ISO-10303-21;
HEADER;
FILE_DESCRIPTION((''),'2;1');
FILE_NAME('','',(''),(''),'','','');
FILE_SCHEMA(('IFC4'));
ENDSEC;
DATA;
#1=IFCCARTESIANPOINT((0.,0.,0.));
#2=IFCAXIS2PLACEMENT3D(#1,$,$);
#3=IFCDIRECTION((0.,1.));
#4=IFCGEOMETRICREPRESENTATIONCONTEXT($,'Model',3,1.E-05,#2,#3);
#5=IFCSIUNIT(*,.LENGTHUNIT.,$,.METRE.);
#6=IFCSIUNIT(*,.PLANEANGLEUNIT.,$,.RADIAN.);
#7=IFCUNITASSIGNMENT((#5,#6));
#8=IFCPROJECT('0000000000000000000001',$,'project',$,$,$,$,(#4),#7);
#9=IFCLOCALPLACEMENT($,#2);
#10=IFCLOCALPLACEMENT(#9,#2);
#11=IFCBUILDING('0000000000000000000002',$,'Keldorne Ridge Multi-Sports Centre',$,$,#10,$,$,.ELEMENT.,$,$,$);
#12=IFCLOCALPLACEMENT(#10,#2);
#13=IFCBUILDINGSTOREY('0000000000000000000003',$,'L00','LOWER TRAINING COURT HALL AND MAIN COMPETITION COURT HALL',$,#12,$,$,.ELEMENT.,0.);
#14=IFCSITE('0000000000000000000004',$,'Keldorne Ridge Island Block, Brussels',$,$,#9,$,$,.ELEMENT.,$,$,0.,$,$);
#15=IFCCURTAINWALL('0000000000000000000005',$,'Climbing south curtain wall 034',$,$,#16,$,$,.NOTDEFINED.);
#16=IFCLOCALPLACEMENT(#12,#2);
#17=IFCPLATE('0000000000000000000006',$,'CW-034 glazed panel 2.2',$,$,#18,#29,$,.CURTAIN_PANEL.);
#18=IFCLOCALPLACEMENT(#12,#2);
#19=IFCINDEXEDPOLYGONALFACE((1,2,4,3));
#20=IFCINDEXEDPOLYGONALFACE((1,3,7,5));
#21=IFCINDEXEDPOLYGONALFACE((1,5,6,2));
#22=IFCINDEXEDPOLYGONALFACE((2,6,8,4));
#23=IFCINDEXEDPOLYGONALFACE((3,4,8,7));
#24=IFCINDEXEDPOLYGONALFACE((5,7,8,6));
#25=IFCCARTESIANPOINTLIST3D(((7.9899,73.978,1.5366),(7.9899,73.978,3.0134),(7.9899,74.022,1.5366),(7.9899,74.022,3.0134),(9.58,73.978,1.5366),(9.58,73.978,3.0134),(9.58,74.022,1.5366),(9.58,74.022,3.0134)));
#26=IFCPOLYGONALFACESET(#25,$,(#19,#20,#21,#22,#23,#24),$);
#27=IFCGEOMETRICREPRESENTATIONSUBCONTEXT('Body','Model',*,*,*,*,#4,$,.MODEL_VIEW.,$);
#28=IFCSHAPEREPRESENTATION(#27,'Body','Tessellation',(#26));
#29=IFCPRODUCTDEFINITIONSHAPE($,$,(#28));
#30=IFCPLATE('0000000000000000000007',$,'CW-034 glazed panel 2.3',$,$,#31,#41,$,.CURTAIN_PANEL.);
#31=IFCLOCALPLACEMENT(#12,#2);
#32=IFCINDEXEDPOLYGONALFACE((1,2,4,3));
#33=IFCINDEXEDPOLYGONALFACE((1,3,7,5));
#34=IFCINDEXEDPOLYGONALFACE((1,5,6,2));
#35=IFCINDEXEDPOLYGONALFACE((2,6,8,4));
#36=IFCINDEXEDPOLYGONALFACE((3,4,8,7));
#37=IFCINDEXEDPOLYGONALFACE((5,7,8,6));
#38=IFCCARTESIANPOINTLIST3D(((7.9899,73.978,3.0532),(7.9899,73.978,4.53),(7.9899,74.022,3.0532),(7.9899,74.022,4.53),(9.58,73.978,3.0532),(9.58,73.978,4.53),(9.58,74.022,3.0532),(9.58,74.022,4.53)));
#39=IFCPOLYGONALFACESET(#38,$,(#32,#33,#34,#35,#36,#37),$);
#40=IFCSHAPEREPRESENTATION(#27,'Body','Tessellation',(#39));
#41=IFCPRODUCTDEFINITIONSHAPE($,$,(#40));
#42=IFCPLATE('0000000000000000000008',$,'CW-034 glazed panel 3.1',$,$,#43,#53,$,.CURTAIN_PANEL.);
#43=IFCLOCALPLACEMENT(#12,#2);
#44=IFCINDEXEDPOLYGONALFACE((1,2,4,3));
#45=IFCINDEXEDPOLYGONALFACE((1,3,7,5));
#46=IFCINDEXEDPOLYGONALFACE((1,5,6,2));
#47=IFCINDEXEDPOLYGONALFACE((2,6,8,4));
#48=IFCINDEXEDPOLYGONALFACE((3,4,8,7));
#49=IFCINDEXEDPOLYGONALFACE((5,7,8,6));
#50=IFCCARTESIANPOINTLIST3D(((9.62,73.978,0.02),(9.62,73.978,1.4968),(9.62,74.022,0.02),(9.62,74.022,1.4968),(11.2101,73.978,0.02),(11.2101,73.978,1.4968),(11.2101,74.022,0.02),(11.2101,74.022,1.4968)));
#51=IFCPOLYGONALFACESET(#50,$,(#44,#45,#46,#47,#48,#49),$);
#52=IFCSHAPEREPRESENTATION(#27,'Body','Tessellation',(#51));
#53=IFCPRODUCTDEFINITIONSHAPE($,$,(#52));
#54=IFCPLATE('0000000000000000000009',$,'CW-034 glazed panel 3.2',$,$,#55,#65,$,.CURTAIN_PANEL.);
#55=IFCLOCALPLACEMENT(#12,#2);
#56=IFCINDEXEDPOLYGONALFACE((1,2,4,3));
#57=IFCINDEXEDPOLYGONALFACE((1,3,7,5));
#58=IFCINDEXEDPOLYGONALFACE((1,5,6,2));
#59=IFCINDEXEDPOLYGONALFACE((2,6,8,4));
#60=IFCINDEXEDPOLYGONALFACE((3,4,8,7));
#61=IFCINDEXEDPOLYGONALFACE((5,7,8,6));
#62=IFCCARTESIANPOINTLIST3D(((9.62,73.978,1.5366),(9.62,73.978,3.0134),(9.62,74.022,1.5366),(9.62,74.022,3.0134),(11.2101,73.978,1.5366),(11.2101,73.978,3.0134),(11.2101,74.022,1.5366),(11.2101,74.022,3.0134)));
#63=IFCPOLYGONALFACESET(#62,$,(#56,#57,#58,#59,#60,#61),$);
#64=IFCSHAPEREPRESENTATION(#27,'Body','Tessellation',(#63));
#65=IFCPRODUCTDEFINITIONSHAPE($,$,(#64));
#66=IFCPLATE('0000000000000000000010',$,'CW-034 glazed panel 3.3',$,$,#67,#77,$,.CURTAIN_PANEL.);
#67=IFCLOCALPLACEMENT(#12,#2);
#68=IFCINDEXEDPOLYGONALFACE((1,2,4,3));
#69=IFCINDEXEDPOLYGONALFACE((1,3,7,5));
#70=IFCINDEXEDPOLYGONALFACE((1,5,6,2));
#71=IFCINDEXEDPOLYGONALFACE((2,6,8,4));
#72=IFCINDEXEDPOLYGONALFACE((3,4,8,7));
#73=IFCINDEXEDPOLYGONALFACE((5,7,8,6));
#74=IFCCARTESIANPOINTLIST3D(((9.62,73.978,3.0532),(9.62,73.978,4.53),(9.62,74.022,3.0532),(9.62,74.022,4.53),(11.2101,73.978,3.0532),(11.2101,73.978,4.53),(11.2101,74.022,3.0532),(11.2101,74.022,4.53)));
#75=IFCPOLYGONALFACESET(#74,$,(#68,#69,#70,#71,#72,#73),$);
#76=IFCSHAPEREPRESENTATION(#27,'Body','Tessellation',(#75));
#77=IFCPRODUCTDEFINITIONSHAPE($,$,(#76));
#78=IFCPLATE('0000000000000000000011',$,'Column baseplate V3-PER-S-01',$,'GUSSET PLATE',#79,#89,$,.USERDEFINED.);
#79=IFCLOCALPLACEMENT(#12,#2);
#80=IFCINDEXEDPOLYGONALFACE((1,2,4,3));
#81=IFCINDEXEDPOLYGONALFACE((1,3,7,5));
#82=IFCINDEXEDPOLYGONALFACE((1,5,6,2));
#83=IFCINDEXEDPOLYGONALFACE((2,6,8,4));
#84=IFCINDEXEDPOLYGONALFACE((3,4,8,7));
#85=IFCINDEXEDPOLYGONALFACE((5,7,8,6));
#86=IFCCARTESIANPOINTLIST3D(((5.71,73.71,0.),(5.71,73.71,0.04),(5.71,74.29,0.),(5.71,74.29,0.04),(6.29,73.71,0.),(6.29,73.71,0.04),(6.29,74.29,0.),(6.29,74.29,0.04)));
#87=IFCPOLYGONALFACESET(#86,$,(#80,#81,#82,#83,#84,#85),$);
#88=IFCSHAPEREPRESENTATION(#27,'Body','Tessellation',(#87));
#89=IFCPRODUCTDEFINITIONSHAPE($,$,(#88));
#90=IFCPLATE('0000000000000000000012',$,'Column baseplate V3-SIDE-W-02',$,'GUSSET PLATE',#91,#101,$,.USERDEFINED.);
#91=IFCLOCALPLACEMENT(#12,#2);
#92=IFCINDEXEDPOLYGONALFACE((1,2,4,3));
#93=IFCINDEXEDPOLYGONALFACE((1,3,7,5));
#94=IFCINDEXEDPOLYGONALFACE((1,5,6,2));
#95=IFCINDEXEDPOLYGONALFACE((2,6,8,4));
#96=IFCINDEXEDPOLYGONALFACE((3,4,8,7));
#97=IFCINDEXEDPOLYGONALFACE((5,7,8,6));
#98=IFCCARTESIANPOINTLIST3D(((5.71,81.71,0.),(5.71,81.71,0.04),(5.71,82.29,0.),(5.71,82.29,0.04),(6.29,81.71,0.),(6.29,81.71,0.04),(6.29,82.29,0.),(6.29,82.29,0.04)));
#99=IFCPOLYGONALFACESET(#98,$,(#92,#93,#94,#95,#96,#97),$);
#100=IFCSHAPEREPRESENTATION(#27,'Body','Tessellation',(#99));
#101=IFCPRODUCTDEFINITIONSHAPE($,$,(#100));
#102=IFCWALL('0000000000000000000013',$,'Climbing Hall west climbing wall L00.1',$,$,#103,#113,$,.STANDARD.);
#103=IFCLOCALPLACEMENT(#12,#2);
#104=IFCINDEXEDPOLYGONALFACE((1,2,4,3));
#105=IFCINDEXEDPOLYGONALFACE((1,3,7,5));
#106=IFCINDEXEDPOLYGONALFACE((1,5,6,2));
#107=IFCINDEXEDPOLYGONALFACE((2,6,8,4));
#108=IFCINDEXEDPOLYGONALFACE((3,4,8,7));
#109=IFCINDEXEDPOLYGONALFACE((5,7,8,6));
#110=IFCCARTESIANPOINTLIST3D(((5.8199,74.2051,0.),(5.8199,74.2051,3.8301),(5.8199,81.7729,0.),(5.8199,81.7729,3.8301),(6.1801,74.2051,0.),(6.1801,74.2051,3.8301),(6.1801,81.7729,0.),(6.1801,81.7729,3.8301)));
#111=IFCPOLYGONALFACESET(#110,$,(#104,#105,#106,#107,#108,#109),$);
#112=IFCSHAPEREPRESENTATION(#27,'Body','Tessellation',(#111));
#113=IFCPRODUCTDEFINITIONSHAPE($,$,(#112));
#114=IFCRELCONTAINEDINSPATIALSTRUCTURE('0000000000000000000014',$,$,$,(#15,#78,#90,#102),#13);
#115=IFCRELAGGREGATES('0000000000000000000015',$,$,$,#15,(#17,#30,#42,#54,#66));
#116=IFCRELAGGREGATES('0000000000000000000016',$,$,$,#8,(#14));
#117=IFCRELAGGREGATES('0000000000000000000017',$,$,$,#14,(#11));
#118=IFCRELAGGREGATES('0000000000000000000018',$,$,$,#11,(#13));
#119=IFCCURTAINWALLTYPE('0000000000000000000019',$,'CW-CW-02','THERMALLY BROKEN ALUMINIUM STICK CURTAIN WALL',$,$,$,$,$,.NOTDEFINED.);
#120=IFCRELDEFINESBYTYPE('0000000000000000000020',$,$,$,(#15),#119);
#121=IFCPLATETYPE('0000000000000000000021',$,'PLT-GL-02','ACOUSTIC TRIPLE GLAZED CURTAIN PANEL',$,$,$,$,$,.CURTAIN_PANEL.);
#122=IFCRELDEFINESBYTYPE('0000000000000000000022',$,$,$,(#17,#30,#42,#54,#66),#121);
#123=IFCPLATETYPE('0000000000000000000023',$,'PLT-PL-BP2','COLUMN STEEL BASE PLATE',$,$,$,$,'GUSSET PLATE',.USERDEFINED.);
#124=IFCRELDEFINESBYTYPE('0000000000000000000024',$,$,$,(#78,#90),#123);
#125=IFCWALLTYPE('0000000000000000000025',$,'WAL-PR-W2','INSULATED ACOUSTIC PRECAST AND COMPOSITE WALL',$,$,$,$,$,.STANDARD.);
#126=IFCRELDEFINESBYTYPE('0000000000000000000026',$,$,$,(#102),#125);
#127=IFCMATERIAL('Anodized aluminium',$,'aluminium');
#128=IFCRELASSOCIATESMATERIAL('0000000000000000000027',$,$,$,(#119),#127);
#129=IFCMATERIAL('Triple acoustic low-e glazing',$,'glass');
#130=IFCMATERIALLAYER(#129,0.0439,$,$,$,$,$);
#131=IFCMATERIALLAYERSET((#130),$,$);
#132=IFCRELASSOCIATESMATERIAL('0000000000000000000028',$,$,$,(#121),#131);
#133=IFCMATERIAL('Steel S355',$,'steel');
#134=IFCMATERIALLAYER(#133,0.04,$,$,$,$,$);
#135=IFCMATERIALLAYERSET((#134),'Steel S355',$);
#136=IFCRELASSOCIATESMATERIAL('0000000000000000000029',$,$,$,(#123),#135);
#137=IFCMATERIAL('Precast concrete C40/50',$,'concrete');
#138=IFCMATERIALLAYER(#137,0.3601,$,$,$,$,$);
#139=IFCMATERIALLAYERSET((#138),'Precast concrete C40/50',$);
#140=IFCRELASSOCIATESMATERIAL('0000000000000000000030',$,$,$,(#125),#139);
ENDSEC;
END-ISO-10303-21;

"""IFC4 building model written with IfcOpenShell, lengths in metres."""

from ifc_helpers import new_model, si_unit, direction, frame, frame_2d, origin, origin_2d, place, context, subcontext, project, spatial, rectangle, extrude, material, layer, layer_set, type_object, element, aggregate, save


model = new_model("IFC4")

# Units and contexts
model_context = context("Model", 3, precision=1e-05, world=origin(), true_north=direction((0.0, 1.0)))
body_context = subcontext(model_context, "Body", "Model", "MODEL_VIEW")
ifc_project = project(units=[si_unit("LENGTHUNIT", "METRE"), si_unit("PLANEANGLEUNIT", "RADIAN")], contexts=[model_context])

# Site, building, storey
site_placement = place(None, origin())
site = spatial("IfcSite", under=ifc_project, at=site_placement, Name="Keldorne Ridge Island Block, Brussels", CompositionType="ELEMENT", RefElevation=0.0)
building_placement = place(site_placement, origin())
building = spatial("IfcBuilding", under=site, at=building_placement, Name="Keldorne Ridge Multi-Sports Centre", CompositionType="ELEMENT")
storey_placement = place(building_placement, origin())
storey = spatial("IfcBuildingStorey", under=building, at=storey_placement, Name="L00", Description="LOWER TRAINING COURT HALL AND MAIN COMPETITION COURT HALL", CompositionType="ELEMENT", Elevation=0.0)

# Shared definitions
ifc_material_1 = material(Name="Steel S355", Category="steel")

# Curtain wall, plates
ifc_material_2 = material(Name="Anodized aluminium", Category="aluminium")
curtain_wall_type = type_object("IfcCurtainWallType", Name="CW-CW-02", Description="THERMALLY BROKEN ALUMINIUM STICK CURTAIN WALL", PredefinedType="NOTDEFINED", material=ifc_material_2)
curtain_wall_placement = place(storey_placement, origin())
curtain_wall = element("IfcCurtainWall", 1, at=curtain_wall_placement, inside=storey, type_object=curtain_wall_type, Name="Climbing south curtain wall 034", PredefinedType="NOTDEFINED")
ifc_material_3 = material(Name="Triple acoustic low-e glazing", Category="glass")
ifc_layer_1 = layer(ifc_material_3, 0.0439)
ifc_layer_set_1 = layer_set([ifc_layer_1])
plate_type_1 = type_object("IfcPlateType", Name="PLT-GL-02", Description="ACOUSTIC TRIPLE GLAZED CURTAIN PANEL", PredefinedType="CURTAIN_PANEL", material=ifc_layer_set_1)
plate_1_placement = place(storey_placement, frame((8.7849, 74.0, 1.5366), z_axis=(0.0, 0.0, 1.0), x_axis=(1.0, 0.0, 0.0)))
plate_1 = element("IfcPlate", 2, at=plate_1_placement, type_object=plate_type_1, Name="CW-034 glazed panel 2.2", PredefinedType="CURTAIN_PANEL", context=body_context, shape_type="SweptSolid", body=[
    extrude(rectangle(XDim=1.5901, YDim=0.0439, at=origin_2d()), origin(), (0.0, 0.0, 1.0), 1.4768),
])
plate_2_placement = place(storey_placement, frame((8.7849, 74.0, 3.0532), z_axis=(0.0, 0.0, 1.0), x_axis=(1.0, 0.0, 0.0)))
plate_2 = element("IfcPlate", 3, at=plate_2_placement, type_object=plate_type_1, Name="CW-034 glazed panel 2.3", PredefinedType="CURTAIN_PANEL", context=body_context, shape_type="SweptSolid", body=[
    extrude(rectangle(XDim=1.5901, YDim=0.0439, at=origin_2d()), origin(), (0.0, 0.0, 1.0), 1.4768),
])
plate_3_placement = place(storey_placement, frame((10.415, 74.0, 0.02), z_axis=(0.0, 0.0, 1.0), x_axis=(1.0, 0.0, 0.0)))
plate_3 = element("IfcPlate", 4, at=plate_3_placement, type_object=plate_type_1, Name="CW-034 glazed panel 3.1", PredefinedType="CURTAIN_PANEL", context=body_context, shape_type="SweptSolid", body=[
    extrude(rectangle(XDim=1.5901, YDim=0.0439, at=origin_2d()), origin(), (0.0, 0.0, 1.0), 1.4768),
])
plate_4_placement = place(storey_placement, frame((10.415, 74.0, 1.5366), z_axis=(0.0, 0.0, 1.0), x_axis=(1.0, 0.0, 0.0)))
plate_4 = element("IfcPlate", 5, at=plate_4_placement, type_object=plate_type_1, Name="CW-034 glazed panel 3.2", PredefinedType="CURTAIN_PANEL", context=body_context, shape_type="SweptSolid", body=[
    extrude(rectangle(XDim=1.5901, YDim=0.0439, at=origin_2d()), origin(), (0.0, 0.0, 1.0), 1.4768),
])
plate_5_placement = place(storey_placement, frame((10.415, 74.0, 3.0532), z_axis=(0.0, 0.0, 1.0), x_axis=(1.0, 0.0, 0.0)))
plate_5 = element("IfcPlate", 6, at=plate_5_placement, type_object=plate_type_1, Name="CW-034 glazed panel 3.3", PredefinedType="CURTAIN_PANEL", context=body_context, shape_type="SweptSolid", body=[
    extrude(rectangle(XDim=1.5901, YDim=0.0439, at=origin_2d()), origin(), (0.0, 0.0, 1.0), 1.4768),
])
aggregate(curtain_wall, [plate_1, plate_2, plate_3, plate_4, plate_5])

# Plates
ifc_layer_2 = layer(ifc_material_1, 0.04)
ifc_layer_set_2 = layer_set([ifc_layer_2], Name="Steel S355")
plate_type_2 = type_object("IfcPlateType", Name="PLT-PL-BP2", Description="COLUMN STEEL BASE PLATE", ElementType="GUSSET PLATE", PredefinedType="USERDEFINED", material=ifc_layer_set_2)
for number, where, z_axis, x_axis, name in (
    (7, (6.0, 74.0, 0.0), (0.0, 0.0, 1.0), (1.0, 0.0, 0.0), "Column baseplate V3-PER-S-01"),
    (8, (6.0, 82.0, 0.0), (0.0, 0.0, 1.0), (1.0, 0.0, 0.0), "Column baseplate V3-SIDE-W-02"),
):
    element("IfcPlate", number, at=place(storey_placement, frame(where, z_axis=z_axis, x_axis=x_axis)), inside=storey, type_object=plate_type_2, Name=name, ObjectType="GUSSET PLATE", PredefinedType="USERDEFINED", context=body_context, shape_type="SweptSolid", body=[
        extrude(rectangle(XDim=0.5801, YDim=0.5801, at=origin_2d()), origin(), (0.0, 0.0, 1.0), 0.04),
    ])

# Wall
ifc_material_4 = material(Name="Precast concrete C40/50", Category="concrete")
ifc_layer_3 = layer(ifc_material_4, 0.3601)
ifc_layer_set_3 = layer_set([ifc_layer_3], Name="Precast concrete C40/50")
wall_type = type_object("IfcWallType", Name="WAL-PR-W2", Description="INSULATED ACOUSTIC PRECAST AND COMPOSITE WALL", PredefinedType="STANDARD", material=ifc_layer_set_3)
wall_placement = place(storey_placement, frame((6.0, 81.7729, 0.0), z_axis=(0.0, 0.0, 1.0), x_axis=(0.0, -1.0, 0.0)))
element("IfcWall", 9, at=wall_placement, inside=storey, type_object=wall_type, Name="Climbing Hall west climbing wall L00.1", PredefinedType="STANDARD", context=body_context, shape_type="SweptSolid", body=[
    extrude(rectangle(XDim=7.5679, YDim=0.3601, at=frame_2d((3.7839, 0.0))), origin(), (0.0, 0.0, 1.0), 3.8301),
])

save(model, "model.ifc")
